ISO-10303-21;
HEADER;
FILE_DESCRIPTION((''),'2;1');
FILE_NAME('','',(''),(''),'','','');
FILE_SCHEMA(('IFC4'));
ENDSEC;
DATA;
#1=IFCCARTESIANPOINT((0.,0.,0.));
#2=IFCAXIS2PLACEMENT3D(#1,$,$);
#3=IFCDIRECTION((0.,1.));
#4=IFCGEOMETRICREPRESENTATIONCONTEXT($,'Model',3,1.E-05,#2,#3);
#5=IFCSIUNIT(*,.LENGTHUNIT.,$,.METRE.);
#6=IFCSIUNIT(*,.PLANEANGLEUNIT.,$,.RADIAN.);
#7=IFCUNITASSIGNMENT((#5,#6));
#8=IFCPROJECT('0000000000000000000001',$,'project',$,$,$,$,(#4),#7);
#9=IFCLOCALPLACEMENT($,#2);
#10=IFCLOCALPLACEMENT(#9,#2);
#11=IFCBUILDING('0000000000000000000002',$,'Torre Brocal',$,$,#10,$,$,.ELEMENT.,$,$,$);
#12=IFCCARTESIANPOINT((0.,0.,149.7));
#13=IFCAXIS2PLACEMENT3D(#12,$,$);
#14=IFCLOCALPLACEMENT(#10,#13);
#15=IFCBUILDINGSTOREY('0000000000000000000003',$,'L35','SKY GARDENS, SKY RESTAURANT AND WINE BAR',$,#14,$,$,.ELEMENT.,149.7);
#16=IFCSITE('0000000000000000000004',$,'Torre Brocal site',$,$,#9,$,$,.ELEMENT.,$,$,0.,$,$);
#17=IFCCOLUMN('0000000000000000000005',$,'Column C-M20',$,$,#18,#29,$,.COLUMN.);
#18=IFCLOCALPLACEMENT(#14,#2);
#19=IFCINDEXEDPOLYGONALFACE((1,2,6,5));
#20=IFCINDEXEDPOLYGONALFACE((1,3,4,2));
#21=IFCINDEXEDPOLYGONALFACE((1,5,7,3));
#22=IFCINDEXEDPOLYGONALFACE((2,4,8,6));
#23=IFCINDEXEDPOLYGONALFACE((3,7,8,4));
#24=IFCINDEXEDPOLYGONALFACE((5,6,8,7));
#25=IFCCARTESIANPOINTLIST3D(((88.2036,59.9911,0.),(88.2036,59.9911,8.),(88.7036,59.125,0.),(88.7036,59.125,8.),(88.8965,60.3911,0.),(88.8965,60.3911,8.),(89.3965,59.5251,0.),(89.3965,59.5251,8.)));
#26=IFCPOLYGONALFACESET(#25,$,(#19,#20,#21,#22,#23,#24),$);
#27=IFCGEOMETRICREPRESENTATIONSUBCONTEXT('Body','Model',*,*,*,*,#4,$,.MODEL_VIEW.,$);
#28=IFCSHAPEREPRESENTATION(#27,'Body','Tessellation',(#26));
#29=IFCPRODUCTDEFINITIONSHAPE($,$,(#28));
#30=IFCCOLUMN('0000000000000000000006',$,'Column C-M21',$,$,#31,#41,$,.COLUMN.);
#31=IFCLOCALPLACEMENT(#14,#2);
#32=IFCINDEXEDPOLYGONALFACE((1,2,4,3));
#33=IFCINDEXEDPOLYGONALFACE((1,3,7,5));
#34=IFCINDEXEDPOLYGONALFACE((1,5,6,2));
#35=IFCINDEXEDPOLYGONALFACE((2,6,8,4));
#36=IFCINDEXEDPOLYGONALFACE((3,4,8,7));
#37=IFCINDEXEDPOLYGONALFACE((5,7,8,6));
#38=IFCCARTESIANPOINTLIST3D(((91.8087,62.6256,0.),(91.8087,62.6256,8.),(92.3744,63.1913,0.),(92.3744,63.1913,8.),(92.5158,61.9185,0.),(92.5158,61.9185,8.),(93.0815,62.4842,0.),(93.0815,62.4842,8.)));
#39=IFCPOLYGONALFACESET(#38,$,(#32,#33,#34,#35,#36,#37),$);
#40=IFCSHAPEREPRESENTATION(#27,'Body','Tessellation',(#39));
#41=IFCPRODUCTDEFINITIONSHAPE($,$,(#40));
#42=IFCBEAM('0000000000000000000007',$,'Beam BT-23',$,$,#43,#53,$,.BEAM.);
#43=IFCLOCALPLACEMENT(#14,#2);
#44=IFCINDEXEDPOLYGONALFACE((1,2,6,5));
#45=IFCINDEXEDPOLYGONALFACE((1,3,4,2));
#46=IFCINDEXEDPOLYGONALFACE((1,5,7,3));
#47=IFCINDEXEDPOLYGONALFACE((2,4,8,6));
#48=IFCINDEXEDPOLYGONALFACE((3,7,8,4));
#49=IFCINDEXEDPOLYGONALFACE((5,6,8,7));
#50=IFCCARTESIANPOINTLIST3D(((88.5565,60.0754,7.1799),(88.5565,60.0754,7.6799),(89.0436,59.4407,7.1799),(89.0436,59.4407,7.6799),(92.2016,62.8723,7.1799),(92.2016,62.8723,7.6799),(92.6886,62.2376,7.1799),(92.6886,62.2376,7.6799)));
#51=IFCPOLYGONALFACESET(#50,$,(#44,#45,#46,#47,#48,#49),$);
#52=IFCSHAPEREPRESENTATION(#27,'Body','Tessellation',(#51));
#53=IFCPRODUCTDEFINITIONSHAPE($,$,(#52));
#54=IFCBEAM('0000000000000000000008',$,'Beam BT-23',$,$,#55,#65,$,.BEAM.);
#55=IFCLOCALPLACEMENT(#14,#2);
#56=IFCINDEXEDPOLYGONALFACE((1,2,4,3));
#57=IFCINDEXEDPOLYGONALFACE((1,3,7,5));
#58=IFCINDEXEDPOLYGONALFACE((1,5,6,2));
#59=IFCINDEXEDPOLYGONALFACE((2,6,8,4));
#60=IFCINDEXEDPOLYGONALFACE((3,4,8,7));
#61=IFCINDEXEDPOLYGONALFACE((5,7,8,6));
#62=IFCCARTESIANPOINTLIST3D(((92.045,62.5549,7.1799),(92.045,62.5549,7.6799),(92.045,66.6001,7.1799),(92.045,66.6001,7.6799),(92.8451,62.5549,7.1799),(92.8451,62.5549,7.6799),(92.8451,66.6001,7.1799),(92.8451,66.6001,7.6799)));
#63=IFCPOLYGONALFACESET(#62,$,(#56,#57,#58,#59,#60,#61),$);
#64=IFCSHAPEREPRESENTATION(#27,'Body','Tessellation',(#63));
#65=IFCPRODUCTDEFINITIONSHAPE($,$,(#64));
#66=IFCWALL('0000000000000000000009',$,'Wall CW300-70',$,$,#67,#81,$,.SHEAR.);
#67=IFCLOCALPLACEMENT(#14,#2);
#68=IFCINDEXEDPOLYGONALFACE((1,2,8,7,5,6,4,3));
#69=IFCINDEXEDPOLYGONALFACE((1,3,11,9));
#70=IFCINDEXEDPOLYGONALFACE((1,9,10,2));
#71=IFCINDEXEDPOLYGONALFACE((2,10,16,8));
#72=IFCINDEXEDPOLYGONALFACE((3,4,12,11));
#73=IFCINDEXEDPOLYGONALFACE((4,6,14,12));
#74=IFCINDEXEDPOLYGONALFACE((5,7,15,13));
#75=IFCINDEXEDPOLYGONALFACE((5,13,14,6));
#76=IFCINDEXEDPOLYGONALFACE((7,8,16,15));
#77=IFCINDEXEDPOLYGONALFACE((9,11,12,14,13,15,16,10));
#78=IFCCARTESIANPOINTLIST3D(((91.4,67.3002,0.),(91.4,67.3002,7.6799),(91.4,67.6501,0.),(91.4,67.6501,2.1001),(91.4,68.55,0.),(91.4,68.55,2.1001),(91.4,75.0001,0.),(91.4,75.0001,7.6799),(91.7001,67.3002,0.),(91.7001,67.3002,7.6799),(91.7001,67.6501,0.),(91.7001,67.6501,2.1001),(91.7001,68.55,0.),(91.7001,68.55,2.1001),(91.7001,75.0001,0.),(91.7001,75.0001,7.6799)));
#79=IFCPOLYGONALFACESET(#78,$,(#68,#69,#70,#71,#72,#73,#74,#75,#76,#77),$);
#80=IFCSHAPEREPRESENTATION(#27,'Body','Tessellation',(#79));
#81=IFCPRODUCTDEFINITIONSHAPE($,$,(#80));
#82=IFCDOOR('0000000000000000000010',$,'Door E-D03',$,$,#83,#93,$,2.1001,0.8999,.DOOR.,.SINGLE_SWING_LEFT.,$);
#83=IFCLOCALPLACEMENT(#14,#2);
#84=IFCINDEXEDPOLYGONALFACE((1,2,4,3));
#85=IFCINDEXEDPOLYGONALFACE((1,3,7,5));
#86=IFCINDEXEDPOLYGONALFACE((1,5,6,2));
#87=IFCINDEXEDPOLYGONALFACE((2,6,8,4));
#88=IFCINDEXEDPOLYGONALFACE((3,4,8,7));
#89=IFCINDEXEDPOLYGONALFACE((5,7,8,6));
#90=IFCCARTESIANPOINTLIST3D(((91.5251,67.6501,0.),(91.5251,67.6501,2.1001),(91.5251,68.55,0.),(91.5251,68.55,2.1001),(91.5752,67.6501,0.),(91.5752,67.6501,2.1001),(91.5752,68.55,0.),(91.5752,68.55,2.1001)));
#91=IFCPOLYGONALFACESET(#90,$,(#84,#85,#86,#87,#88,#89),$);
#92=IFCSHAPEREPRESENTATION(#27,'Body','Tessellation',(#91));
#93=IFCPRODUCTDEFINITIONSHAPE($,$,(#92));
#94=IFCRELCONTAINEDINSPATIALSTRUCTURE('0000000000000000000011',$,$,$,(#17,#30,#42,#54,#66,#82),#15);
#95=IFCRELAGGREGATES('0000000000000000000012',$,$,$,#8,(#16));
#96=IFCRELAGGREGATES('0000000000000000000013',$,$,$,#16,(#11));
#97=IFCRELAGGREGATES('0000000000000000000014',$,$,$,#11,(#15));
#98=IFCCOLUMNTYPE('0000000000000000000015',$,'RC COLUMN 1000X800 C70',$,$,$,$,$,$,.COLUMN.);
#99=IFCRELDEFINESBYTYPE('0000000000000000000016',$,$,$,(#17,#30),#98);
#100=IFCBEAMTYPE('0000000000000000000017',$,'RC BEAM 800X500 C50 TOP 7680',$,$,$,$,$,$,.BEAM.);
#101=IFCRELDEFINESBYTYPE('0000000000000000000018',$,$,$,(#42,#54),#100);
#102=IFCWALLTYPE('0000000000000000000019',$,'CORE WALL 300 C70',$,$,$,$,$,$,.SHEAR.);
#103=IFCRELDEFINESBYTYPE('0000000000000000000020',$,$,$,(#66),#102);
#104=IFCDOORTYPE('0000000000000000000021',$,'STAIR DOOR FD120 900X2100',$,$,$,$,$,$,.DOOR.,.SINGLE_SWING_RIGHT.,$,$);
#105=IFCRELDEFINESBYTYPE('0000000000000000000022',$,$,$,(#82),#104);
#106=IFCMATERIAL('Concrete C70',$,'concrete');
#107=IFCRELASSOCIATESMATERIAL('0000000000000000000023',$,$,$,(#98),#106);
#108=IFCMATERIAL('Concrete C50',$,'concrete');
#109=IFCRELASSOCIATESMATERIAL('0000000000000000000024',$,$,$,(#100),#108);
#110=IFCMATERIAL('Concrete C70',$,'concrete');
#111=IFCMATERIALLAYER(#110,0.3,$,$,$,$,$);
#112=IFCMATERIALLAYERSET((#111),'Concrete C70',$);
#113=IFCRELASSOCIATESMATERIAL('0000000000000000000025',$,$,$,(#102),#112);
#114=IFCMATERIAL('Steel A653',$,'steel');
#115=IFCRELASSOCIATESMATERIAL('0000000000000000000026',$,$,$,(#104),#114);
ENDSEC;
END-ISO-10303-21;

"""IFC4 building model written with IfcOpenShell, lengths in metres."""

from ifc_helpers import new_model, si_unit, direction, frame, frame_2d, origin, origin_2d, place, context, subcontext, project, spatial, rectangle, extrude, material, layer, layer_set, material_profile, profile_set, type_object, element, fill, save


model = new_model("IFC4")

# Units and contexts
model_context = context("Model", 3, precision=1e-05, world=origin(), true_north=direction((0.0, 1.0)))
body_context = subcontext(model_context, "Body", "Model", "MODEL_VIEW")
ifc_project = project(units=[si_unit("LENGTHUNIT", "METRE"), si_unit("PLANEANGLEUNIT", "RADIAN")], contexts=[model_context])

# Site, building, storey
site_placement = place(None, origin())
site = spatial("IfcSite", under=ifc_project, at=site_placement, Name="Torre Brocal site", CompositionType="ELEMENT", RefElevation=0.0)
building_placement = place(site_placement, origin())
building = spatial("IfcBuilding", under=site, at=building_placement, Name="Torre Brocal", CompositionType="ELEMENT")
storey_placement = place(building_placement, frame((0.0, 0.0, 149.7)))
storey = spatial("IfcBuildingStorey", under=building, at=storey_placement, Name="L35", Description="SKY GARDENS, SKY RESTAURANT AND WINE BAR", CompositionType="ELEMENT", Elevation=149.7)

# Columns
ifc_material_1 = material(Name="Concrete C70", Category="concrete")
ifc_material_profile_1 = material_profile(ifc_material_1, rectangle(XDim=1.0, YDim=0.8, at=origin_2d()), Name="RC 1000X800")
ifc_profile_set_1 = profile_set([ifc_material_profile_1], Name="Concrete C70")
column_type = type_object("IfcColumnType", Name="RC COLUMN 1000X800 C70", PredefinedType="COLUMN", material=ifc_profile_set_1)
for number, where, z_axis, x_axis, name in (
    (1, (88.8, 59.7581, 0.0), (0.0, 0.0, 1.0), (0.5, -0.866025, 0.0), "Column C-M20"),
    (2, (92.4451, 62.5549, 0.0), (0.0, 0.0, 1.0), (0.707107, -0.707107, 0.0), "Column C-M21"),
):
    element("IfcColumn", number, at=place(storey_placement, frame(where, z_axis=z_axis, x_axis=x_axis)), inside=storey, type_object=column_type, Name=name, PredefinedType="COLUMN", context=body_context, shape_type="SweptSolid", body=[
        extrude(rectangle(XDim=1.0, YDim=0.8, at=origin_2d()), origin(), (0.0, 0.0, 1.0), 8.0),
    ])

# Beams
ifc_material_2 = material(Name="Concrete C50", Category="concrete")
ifc_material_profile_2 = material_profile(ifc_material_2, rectangle(XDim=0.8, YDim=0.5, at=origin_2d()), Name="RC 800X500")
ifc_profile_set_2 = profile_set([ifc_material_profile_2], Name="Concrete C50")
beam_type = type_object("IfcBeamType", Name="RC BEAM 800X500 C50 TOP 7680", PredefinedType="BEAM", material=ifc_profile_set_2)
beam_1_placement = place(storey_placement, frame((88.8, 59.7581, 7.4299), z_axis=(0.793358, 0.608755, 0.0), x_axis=(-0.608755, 0.793358, 0.0)))
element("IfcBeam", 3, at=beam_1_placement, inside=storey, type_object=beam_type, Name="Beam BT-23", PredefinedType="BEAM", context=body_context, shape_type="SweptSolid", body=[
    extrude(rectangle(XDim=0.8, YDim=0.5, at=origin_2d()), origin(), (0.0, 0.0, 1.0), 4.5945),
])
beam_2_placement = place(storey_placement, frame((92.4451, 62.5549, 7.4299), z_axis=(0.0, 1.0, 0.0), x_axis=(-1.0, 0.0, 0.0)))
element("IfcBeam", 4, at=beam_2_placement, inside=storey, type_object=beam_type, Name="Beam BT-23", PredefinedType="BEAM", context=body_context, shape_type="SweptSolid", body=[
    extrude(rectangle(XDim=0.8, YDim=0.5, at=origin_2d()), origin(), (0.0, 0.0, 1.0), 4.0452),
])

# Wall, opening, door
ifc_material_3 = material(Name="Concrete C70", Category="concrete")
ifc_layer_1 = layer(ifc_material_3, 0.3)
ifc_layer_set_1 = layer_set([ifc_layer_1], Name="Concrete C70")
wall_type_1 = type_object("IfcWallType", Name="CORE WALL 300 C70", PredefinedType="SHEAR", material=ifc_layer_set_1)
wall_1_placement = place(storey_placement, frame((91.55, 67.3, 0.0), z_axis=(0.0, 0.0, 1.0), x_axis=(0.0, 1.0, 0.0)))
wall_1 = element("IfcWall", 5, at=wall_1_placement, inside=storey, type_object=wall_type_1, Name="Wall CW300-70", PredefinedType="SHEAR", context=body_context, shape_type="SweptSolid", body=[
    extrude(rectangle(XDim=7.7, YDim=0.3, at=frame_2d((3.8501, 0.0))), origin(), (0.0, 0.0, 1.0), 7.6799),
])
opening_1_placement = place(wall_1_placement, frame((0.3501, 0.0, 0.0)))
opening_1 = element("IfcOpeningElement", 6, at=opening_1_placement, cuts=wall_1, PredefinedType="OPENING", context=body_context, shape_type="SweptSolid", body=[
    extrude(rectangle(XDim=0.8999, YDim=2.1001, at=frame_2d((0.45, 1.05))), frame((0.0, 0.1599, 0.0), z_axis=(0.0, -1.0, 0.0), x_axis=(1.0, 0.0, 0.0)), (0.0, 0.0, 1.0), 0.3201),
])
ifc_material_4 = material(Name="Steel A653", Category="steel")
door_type_1 = type_object("IfcDoorType", Name="STAIR DOOR FD120 900X2100", OperationType="SINGLE_SWING_RIGHT", PredefinedType="DOOR", material=ifc_material_4)
door_1_placement = place(opening_1_placement, origin())
door_1 = element("IfcDoor", 7, at=door_1_placement, inside=storey, type_object=door_type_1, Name="Door E-D03", OperationType="SINGLE_SWING_LEFT", OverallHeight=2.1001, OverallWidth=0.8999, PredefinedType="DOOR", context=body_context, shape_type="SweptSolid", body=[
    extrude(rectangle(XDim=0.8999, YDim=2.1001, at=frame_2d((0.45, 1.05))), frame((0.0, 0.0249, 0.0), z_axis=(0.0, -1.0, 0.0), x_axis=(1.0, 0.0, 0.0)), (0.0, 0.0, 1.0), 0.05),
])
fill(opening_1, door_1)

save(model, "model.ifc")
